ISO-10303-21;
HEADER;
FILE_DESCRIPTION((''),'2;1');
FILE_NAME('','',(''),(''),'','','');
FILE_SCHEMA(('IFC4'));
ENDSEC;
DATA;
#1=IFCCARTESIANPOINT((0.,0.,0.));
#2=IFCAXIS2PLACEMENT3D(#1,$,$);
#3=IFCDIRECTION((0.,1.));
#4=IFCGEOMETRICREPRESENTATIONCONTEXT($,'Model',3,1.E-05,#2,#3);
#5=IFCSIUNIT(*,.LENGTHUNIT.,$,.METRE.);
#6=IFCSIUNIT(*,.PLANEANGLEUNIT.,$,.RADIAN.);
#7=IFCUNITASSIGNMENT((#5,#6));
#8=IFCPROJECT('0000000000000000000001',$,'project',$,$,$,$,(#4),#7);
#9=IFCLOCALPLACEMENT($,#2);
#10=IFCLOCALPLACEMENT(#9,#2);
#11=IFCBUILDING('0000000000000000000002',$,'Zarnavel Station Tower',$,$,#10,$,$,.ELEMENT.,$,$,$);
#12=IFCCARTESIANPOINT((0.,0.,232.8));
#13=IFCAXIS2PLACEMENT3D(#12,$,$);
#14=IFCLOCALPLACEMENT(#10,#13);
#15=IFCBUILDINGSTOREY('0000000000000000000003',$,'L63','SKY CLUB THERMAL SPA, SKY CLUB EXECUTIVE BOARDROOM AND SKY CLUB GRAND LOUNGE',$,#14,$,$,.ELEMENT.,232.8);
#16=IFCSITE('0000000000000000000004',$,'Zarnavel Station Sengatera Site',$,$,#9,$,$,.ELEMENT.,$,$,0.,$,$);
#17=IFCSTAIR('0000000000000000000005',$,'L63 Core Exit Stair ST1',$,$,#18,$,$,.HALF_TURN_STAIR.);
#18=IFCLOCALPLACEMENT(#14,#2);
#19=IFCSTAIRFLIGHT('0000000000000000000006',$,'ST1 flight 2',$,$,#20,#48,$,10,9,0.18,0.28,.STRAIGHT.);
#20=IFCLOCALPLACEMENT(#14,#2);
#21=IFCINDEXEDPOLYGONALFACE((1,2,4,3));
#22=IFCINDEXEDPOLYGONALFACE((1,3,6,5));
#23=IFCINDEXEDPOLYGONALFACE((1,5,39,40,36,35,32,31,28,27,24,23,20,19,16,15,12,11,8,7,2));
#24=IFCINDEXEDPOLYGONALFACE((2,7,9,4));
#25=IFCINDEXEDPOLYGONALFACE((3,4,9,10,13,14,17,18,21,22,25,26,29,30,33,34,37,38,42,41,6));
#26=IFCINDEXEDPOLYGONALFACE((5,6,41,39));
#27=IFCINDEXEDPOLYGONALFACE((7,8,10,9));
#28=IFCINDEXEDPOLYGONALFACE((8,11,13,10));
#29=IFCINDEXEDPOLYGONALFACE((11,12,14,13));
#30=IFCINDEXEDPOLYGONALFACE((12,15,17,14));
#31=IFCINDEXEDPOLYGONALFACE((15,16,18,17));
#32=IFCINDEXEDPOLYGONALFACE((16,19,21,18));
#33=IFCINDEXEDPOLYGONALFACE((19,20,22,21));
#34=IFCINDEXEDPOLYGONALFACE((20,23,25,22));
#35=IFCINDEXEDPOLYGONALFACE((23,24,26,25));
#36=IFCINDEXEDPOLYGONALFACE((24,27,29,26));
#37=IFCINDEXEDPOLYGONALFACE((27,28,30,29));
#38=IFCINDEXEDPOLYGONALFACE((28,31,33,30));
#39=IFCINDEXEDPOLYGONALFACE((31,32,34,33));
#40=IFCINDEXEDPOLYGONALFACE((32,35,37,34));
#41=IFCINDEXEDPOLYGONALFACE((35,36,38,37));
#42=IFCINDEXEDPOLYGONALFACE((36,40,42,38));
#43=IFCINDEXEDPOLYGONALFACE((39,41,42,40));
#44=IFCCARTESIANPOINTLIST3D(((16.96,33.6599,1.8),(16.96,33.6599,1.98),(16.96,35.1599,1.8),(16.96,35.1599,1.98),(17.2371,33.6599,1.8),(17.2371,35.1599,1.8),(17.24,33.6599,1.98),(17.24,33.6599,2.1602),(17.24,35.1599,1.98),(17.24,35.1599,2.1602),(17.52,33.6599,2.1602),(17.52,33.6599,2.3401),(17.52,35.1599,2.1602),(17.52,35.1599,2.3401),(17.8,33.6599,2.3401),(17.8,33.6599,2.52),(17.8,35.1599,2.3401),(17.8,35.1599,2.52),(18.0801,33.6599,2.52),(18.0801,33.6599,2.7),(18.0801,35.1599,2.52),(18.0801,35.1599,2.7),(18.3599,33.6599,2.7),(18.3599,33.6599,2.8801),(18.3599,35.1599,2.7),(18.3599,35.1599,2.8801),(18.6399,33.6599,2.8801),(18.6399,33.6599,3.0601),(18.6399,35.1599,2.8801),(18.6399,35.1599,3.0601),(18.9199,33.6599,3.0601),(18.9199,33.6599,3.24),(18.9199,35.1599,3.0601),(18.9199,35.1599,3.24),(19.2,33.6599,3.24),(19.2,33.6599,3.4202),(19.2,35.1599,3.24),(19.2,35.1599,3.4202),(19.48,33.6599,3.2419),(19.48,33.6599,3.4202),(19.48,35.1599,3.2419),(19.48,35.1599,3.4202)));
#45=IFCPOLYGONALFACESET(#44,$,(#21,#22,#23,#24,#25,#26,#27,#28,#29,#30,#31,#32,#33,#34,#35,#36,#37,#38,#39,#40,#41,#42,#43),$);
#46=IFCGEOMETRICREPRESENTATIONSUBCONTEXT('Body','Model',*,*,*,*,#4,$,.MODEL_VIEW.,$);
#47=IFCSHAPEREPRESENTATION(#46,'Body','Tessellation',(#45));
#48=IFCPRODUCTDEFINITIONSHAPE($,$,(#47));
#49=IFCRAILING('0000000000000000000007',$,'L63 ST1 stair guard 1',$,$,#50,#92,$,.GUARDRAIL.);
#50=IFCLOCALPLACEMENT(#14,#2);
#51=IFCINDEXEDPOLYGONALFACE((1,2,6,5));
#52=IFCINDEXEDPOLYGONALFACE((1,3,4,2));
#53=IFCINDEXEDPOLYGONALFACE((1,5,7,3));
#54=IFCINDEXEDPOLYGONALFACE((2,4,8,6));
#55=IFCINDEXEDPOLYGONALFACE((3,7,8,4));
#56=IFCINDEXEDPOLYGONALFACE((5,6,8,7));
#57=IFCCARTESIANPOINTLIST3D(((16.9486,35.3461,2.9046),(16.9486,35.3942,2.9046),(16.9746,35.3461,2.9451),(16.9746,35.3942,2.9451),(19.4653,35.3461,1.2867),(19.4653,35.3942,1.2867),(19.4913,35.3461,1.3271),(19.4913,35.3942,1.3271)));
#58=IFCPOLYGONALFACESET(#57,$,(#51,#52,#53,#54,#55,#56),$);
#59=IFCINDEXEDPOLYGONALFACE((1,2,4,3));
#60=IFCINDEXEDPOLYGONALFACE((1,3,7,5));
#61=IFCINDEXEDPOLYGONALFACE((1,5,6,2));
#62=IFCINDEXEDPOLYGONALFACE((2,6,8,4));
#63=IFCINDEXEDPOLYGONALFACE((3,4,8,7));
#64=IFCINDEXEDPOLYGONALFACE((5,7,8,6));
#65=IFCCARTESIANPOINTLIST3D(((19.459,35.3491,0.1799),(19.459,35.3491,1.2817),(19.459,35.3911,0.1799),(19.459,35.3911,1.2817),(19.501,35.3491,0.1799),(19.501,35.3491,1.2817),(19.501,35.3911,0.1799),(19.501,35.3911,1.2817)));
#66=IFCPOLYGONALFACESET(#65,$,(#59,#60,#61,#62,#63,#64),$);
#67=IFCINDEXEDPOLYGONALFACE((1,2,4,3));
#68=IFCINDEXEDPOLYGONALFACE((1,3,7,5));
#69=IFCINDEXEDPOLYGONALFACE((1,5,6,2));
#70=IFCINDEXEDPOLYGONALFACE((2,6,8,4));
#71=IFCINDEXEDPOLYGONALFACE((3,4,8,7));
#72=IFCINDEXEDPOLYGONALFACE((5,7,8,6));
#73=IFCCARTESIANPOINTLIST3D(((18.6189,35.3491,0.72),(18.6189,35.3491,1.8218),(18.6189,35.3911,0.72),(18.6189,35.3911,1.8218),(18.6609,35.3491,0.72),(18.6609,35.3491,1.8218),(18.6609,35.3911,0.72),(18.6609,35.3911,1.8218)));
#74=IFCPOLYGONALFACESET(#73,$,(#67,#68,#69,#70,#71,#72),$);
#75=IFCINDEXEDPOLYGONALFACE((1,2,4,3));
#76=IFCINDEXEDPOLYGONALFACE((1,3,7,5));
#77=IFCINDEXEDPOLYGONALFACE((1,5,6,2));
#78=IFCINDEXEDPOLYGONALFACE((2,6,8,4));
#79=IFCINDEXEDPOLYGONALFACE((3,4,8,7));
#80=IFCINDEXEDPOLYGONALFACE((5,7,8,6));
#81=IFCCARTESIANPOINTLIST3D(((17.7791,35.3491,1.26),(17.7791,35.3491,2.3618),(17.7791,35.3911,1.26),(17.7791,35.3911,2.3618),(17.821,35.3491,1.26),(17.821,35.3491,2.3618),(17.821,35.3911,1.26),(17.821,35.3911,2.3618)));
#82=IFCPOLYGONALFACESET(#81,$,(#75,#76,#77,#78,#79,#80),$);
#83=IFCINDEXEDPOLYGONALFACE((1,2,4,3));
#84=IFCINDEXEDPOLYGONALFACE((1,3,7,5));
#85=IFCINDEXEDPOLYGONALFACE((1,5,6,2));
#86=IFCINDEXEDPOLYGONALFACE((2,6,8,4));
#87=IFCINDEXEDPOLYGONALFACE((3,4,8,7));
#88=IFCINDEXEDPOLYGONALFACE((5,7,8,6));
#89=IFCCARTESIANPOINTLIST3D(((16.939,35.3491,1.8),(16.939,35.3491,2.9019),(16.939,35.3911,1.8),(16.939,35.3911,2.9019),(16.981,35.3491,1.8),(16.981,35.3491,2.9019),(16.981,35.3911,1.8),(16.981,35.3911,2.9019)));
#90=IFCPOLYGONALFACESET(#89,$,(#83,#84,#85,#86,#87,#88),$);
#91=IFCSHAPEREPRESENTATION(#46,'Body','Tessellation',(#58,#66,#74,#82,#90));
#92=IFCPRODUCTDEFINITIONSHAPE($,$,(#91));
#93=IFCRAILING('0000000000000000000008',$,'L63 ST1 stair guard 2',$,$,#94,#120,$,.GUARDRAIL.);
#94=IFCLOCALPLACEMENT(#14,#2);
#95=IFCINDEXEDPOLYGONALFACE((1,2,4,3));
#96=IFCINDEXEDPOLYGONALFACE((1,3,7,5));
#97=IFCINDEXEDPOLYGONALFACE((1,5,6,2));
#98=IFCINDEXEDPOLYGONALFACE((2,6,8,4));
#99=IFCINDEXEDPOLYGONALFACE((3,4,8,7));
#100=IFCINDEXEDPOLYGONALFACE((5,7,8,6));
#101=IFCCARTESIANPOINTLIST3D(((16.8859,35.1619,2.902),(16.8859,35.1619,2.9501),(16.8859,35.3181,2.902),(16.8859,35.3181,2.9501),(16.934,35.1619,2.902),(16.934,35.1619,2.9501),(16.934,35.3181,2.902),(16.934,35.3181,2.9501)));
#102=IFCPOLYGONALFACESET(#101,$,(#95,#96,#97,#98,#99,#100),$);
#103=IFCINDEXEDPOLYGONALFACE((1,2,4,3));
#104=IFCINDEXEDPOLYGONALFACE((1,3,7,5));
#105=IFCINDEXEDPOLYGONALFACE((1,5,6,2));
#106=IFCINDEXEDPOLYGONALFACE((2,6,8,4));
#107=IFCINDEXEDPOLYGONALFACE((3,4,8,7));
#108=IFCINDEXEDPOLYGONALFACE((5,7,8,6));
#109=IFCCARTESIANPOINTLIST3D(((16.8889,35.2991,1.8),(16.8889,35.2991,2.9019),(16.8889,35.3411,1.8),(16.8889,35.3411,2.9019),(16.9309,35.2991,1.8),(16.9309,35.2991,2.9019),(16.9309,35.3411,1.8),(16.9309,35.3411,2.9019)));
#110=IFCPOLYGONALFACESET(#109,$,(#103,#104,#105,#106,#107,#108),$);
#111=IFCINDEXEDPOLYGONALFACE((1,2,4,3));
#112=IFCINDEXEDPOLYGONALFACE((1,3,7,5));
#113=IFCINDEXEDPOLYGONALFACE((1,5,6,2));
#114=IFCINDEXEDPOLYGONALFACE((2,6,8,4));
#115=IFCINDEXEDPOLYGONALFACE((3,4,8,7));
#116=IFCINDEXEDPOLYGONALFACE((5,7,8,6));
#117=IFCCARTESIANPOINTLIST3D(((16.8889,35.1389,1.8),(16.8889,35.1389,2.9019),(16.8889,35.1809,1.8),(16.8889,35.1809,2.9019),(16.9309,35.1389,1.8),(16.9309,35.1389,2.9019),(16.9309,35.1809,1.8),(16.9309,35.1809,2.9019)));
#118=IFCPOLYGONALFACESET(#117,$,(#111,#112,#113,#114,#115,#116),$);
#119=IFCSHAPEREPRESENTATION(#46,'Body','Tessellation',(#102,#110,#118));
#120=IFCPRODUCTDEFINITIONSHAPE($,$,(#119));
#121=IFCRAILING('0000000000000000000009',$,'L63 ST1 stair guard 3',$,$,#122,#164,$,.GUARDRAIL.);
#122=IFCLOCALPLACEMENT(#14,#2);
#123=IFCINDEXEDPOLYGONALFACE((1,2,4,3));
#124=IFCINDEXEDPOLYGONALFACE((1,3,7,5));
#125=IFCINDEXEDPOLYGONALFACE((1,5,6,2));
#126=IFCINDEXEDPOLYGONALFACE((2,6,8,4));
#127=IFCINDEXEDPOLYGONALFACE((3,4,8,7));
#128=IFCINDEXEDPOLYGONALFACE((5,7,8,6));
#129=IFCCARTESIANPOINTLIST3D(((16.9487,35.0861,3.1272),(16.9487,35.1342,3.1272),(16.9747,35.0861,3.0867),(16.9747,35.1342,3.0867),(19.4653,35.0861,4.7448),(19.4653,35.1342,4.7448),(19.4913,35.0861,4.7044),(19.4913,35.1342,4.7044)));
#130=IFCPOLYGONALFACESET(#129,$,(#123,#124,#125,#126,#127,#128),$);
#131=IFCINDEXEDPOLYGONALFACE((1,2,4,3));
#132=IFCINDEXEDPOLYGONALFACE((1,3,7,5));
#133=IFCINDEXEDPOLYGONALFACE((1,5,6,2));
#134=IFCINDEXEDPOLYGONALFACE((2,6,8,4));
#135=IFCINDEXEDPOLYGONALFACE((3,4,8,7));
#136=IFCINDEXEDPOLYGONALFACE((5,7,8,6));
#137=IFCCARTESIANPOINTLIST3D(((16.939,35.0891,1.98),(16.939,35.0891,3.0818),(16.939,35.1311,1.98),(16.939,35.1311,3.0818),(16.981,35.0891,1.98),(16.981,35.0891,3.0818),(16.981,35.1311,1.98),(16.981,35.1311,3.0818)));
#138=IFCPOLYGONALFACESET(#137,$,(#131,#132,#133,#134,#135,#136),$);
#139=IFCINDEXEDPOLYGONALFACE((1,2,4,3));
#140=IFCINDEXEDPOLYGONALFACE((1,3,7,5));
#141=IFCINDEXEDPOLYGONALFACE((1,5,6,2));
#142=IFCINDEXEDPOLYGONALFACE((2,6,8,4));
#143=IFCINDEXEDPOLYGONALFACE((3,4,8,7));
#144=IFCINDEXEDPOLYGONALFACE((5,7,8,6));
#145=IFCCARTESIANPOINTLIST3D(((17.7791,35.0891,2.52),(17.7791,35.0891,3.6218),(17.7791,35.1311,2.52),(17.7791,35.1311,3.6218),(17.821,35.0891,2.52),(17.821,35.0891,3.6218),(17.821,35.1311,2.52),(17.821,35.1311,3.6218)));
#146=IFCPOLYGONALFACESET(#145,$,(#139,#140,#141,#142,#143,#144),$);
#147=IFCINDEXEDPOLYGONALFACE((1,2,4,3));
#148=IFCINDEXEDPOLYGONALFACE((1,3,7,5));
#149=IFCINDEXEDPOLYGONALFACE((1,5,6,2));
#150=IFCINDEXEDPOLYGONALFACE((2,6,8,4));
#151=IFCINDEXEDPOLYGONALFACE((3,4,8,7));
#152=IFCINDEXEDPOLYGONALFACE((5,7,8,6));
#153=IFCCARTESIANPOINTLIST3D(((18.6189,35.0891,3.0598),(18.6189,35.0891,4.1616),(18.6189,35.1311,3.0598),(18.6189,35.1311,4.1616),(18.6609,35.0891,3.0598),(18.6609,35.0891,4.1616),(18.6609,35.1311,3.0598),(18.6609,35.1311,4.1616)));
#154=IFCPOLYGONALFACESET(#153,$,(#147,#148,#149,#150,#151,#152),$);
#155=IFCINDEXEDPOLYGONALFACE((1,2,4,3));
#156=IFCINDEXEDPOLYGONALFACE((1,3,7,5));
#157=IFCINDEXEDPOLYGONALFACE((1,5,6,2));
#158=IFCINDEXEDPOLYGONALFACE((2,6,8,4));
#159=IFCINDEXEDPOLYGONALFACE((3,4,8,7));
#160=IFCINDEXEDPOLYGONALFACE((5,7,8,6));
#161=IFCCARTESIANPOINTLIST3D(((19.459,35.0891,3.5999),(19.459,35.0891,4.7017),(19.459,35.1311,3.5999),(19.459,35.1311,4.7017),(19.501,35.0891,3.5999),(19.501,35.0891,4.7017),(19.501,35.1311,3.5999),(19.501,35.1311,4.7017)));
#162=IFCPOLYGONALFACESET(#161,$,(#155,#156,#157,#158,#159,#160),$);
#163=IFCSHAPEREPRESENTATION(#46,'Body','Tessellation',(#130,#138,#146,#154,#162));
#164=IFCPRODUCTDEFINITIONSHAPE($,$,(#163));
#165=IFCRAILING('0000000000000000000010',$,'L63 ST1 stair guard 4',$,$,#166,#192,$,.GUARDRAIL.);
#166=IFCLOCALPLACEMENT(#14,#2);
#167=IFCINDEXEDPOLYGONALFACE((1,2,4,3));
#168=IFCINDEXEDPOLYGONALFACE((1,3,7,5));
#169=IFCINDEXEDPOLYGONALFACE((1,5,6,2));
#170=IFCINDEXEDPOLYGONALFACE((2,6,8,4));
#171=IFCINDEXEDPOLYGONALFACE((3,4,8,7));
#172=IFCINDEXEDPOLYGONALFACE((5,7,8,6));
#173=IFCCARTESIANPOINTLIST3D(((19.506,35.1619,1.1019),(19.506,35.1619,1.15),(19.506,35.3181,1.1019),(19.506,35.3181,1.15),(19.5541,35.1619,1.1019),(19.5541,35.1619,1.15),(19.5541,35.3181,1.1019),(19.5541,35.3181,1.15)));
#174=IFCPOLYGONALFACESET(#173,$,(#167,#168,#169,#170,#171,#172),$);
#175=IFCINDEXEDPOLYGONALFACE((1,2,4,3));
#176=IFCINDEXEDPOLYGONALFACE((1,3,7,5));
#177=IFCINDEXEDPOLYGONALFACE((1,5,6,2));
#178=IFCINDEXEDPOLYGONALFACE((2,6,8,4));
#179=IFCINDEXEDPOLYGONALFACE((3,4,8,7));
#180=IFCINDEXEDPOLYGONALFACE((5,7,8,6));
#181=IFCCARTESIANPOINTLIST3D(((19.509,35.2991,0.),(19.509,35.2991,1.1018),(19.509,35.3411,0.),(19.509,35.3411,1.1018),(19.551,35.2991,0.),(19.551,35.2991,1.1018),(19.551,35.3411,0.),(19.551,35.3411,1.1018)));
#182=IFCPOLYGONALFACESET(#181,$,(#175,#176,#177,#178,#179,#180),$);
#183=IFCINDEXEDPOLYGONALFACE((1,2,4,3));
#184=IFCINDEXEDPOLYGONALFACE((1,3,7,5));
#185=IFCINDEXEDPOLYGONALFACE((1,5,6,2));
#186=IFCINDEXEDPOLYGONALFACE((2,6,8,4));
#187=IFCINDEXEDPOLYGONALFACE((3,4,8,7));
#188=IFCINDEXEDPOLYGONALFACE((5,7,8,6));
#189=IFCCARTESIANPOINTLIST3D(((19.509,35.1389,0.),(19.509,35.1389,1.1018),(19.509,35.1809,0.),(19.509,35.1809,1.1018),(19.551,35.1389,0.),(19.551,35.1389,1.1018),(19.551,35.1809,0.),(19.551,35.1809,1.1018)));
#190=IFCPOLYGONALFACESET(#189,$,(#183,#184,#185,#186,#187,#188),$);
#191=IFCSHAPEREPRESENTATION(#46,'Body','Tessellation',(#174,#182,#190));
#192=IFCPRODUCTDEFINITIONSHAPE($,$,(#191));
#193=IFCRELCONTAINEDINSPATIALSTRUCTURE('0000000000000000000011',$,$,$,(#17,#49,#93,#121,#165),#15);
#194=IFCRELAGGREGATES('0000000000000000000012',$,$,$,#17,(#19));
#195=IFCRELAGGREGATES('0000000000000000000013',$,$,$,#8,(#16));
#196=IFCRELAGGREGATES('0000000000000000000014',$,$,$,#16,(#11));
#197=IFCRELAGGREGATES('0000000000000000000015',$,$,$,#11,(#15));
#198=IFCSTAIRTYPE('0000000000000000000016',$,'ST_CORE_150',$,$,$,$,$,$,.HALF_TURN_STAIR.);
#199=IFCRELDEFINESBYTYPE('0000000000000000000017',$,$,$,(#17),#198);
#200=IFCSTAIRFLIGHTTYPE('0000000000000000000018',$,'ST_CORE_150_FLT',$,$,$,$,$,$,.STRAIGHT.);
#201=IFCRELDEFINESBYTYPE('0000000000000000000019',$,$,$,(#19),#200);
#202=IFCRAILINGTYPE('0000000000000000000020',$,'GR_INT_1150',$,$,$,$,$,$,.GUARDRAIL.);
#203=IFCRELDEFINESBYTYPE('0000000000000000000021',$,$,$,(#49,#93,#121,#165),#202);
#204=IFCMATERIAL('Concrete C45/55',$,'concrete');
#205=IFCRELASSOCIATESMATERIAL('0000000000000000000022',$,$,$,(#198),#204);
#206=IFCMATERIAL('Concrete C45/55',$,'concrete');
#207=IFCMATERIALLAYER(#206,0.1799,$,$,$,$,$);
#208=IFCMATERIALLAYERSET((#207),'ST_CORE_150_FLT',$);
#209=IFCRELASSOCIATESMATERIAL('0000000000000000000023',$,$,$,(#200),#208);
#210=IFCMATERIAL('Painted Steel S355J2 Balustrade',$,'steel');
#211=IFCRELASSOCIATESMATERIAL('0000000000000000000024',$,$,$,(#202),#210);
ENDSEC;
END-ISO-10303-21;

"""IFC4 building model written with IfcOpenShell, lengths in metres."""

from ifc_helpers import new_model, si_unit, direction, frame, origin, origin_2d, place, context, subcontext, project, spatial, polyline, rectangle, outline, extrude, material, layer, layer_set, type_object, element, aggregate, save


model = new_model("IFC4")

# Units and contexts
model_context = context("Model", 3, precision=1e-05, world=origin(), true_north=direction((0.0, 1.0)))
body_context = subcontext(model_context, "Body", "Model", "MODEL_VIEW")
ifc_project = project(units=[si_unit("LENGTHUNIT", "METRE"), si_unit("PLANEANGLEUNIT", "RADIAN")], contexts=[model_context])

# Site, building, storey
site_placement = place(None, origin())
site = spatial("IfcSite", under=ifc_project, at=site_placement, Name="Zarnavel Station Sengatera Site", CompositionType="ELEMENT", RefElevation=0.0)
building_placement = place(site_placement, origin())
building = spatial("IfcBuilding", under=site, at=building_placement, Name="Zarnavel Station Tower", CompositionType="ELEMENT")
storey_placement = place(building_placement, frame((0.0, 0.0, 232.8)))
storey = spatial("IfcBuildingStorey", under=building, at=storey_placement, Name="L63", Description="SKY CLUB THERMAL SPA, SKY CLUB EXECUTIVE BOARDROOM AND SKY CLUB GRAND LOUNGE", CompositionType="ELEMENT", Elevation=232.8)

# Stair, stair flight
ifc_material_1 = material(Name="Concrete C45/55", Category="concrete")
stair_type = type_object("IfcStairType", Name="ST_CORE_150", PredefinedType="HALF_TURN_STAIR", material=ifc_material_1)
stair_placement = place(storey_placement, origin())
stair = element("IfcStair", 1, at=stair_placement, inside=storey, type_object=stair_type, Name="L63 Core Exit Stair ST1", PredefinedType="HALF_TURN_STAIR")
ifc_material_2 = material(Name="Concrete C45/55", Category="concrete")
ifc_layer_1 = layer(ifc_material_2, 0.1799)
ifc_layer_set_1 = layer_set([ifc_layer_1], Name="ST_CORE_150_FLT")
stair_flight_type = type_object("IfcStairFlightType", Name="ST_CORE_150_FLT", PredefinedType="STRAIGHT", material=ifc_layer_set_1)
stair_flight_1_placement = place(storey_placement, frame((16.96, 34.4099, 1.8), z_axis=(0.0, 0.0, 1.0), x_axis=(1.0, 0.0, 0.0)))
stair_flight_1 = element("IfcStairFlight", 2, at=stair_flight_1_placement, type_object=stair_flight_type, Name="ST1 flight 2", NumberOfRisers=10, NumberOfTreads=9, PredefinedType="STRAIGHT", RiserHeight=0.18, TreadLength=0.28, context=body_context, shape_type="SweptSolid", body=[
    extrude(outline(polyline([(0.0, 0.0), (0.0, 0.1799), (0.28, 0.1799), (0.28, 0.3601), (0.5601, 0.3601), (0.5601, 0.54), (0.8401, 0.54), (0.8401, 0.72), (1.1201, 0.72), (1.1201, 0.8999), (1.3999, 0.8999), (1.3999, 1.0801), (1.6799, 1.0801), (1.6799, 1.26), (1.96, 1.26), (1.96, 1.4399), (2.24, 1.4399), (2.24, 1.6201), (2.52, 1.6201), (2.52, 1.8), (2.52, 1.4419), (0.2771, 0.0), (0.0, 0.0)])), frame((0.0, 0.75, 0.0), z_axis=(0.0, -1.0, 0.0), x_axis=(1.0, 0.0, 0.0)), (0.0, 0.0, 1.0), 1.5),
])
aggregate(stair, [stair_flight_1])

# Railings
ifc_material_3 = material(Name="Painted Steel S355J2 Balustrade", Category="steel")
railing_type_1 = type_object("IfcRailingType", Name="GR_INT_1150", PredefinedType="GUARDRAIL", material=ifc_material_3)
railing_1_placement = place(storey_placement, frame((19.48, 35.3701, 0.1799)))
element("IfcRailing", 3, at=railing_1_placement, inside=storey, type_object=railing_type_1, Name="L63 ST1 stair guard 1", PredefinedType="GUARDRAIL", context=body_context, shape_type="SweptSolid", body=[
    extrude(rectangle(XDim=0.0481, YDim=0.0481, at=origin_2d()), frame((-0.0017, 0.0, 1.127), z_axis=(-0.841163, 0.0, 0.540782), x_axis=(0.0, -1.0, 0.0)), (0.0, 0.0, 1.0), 2.9919),
    extrude(rectangle(XDim=0.042, YDim=0.042, at=origin_2d()), origin(), (0.0, 0.0, 1.0), 1.1018),
    extrude(rectangle(XDim=0.042, YDim=0.042, at=origin_2d()), frame((-0.8401, 0.0, 0.54)), (0.0, 0.0, 1.0), 1.1018),
    extrude(rectangle(XDim=0.042, YDim=0.042, at=origin_2d()), frame((-1.6799, 0.0, 1.0801)), (0.0, 0.0, 1.0), 1.1018),
    extrude(rectangle(XDim=0.042, YDim=0.042, at=origin_2d()), frame((-2.52, 0.0, 1.6201)), (0.0, 0.0, 1.0), 1.1018),
])
railing_2_placement = place(storey_placement, frame((16.9099, 35.3201, 1.8)))
element("IfcRailing", 4, at=railing_2_placement, inside=storey, type_object=railing_type_1, Name="L63 ST1 stair guard 2", PredefinedType="GUARDRAIL", context=body_context, shape_type="SweptSolid", body=[
    extrude(rectangle(XDim=0.0481, YDim=0.0481, at=origin_2d()), frame((0.0, -0.002, 1.126), z_axis=(0.0, -1.0, 0.0), x_axis=(1.0, 0.0, 0.0)), (0.0, 0.0, 1.0), 0.1562),
    extrude(rectangle(XDim=0.042, YDim=0.042, at=origin_2d()), origin(), (0.0, 0.0, 1.0), 1.1018),
    extrude(rectangle(XDim=0.042, YDim=0.042, at=origin_2d()), frame((0.0, -0.1602, 0.0)), (0.0, 0.0, 1.0), 1.1018),
])
railing_3_placement = place(storey_placement, frame((16.96, 35.1101, 1.98)))
element("IfcRailing", 5, at=railing_3_placement, inside=storey, type_object=railing_type_1, Name="L63 ST1 stair guard 3", PredefinedType="GUARDRAIL", context=body_context, shape_type="SweptSolid", body=[
    extrude(rectangle(XDim=0.0481, YDim=0.0481, at=origin_2d()), frame((0.0017, 0.0, 1.127), z_axis=(0.8412, 0.0, 0.540725), x_axis=(0.0, 1.0, 0.0)), (0.0, 0.0, 1.0), 2.9917),
    extrude(rectangle(XDim=0.042, YDim=0.042, at=origin_2d()), origin(), (0.0, 0.0, 1.0), 1.1018),
    extrude(rectangle(XDim=0.042, YDim=0.042, at=origin_2d()), frame((0.8401, 0.0, 0.54)), (0.0, 0.0, 1.0), 1.1018),
    extrude(rectangle(XDim=0.042, YDim=0.042, at=origin_2d()), frame((1.6799, 0.0, 1.0798)), (0.0, 0.0, 1.0), 1.1018),
    extrude(rectangle(XDim=0.042, YDim=0.042, at=origin_2d()), frame((2.52, 0.0, 1.6199)), (0.0, 0.0, 1.0), 1.1018),
])
railing_4_placement = place(storey_placement, frame((19.53, 35.3201, 0.0)))
element("IfcRailing", 6, at=railing_4_placement, inside=storey, type_object=railing_type_1, Name="L63 ST1 stair guard 4", PredefinedType="GUARDRAIL", context=body_context, shape_type="SweptSolid", body=[
    extrude(rectangle(XDim=0.0481, YDim=0.0481, at=origin_2d()), frame((0.0, -0.002, 1.126), z_axis=(0.0, -1.0, 0.0), x_axis=(1.0, 0.0, 0.0)), (0.0, 0.0, 1.0), 0.1562),
    extrude(rectangle(XDim=0.042, YDim=0.042, at=origin_2d()), origin(), (0.0, 0.0, 1.0), 1.1018),
    extrude(rectangle(XDim=0.042, YDim=0.042, at=origin_2d()), frame((0.0, -0.1602, 0.0)), (0.0, 0.0, 1.0), 1.1018),
])

save(model, "model.ifc")
